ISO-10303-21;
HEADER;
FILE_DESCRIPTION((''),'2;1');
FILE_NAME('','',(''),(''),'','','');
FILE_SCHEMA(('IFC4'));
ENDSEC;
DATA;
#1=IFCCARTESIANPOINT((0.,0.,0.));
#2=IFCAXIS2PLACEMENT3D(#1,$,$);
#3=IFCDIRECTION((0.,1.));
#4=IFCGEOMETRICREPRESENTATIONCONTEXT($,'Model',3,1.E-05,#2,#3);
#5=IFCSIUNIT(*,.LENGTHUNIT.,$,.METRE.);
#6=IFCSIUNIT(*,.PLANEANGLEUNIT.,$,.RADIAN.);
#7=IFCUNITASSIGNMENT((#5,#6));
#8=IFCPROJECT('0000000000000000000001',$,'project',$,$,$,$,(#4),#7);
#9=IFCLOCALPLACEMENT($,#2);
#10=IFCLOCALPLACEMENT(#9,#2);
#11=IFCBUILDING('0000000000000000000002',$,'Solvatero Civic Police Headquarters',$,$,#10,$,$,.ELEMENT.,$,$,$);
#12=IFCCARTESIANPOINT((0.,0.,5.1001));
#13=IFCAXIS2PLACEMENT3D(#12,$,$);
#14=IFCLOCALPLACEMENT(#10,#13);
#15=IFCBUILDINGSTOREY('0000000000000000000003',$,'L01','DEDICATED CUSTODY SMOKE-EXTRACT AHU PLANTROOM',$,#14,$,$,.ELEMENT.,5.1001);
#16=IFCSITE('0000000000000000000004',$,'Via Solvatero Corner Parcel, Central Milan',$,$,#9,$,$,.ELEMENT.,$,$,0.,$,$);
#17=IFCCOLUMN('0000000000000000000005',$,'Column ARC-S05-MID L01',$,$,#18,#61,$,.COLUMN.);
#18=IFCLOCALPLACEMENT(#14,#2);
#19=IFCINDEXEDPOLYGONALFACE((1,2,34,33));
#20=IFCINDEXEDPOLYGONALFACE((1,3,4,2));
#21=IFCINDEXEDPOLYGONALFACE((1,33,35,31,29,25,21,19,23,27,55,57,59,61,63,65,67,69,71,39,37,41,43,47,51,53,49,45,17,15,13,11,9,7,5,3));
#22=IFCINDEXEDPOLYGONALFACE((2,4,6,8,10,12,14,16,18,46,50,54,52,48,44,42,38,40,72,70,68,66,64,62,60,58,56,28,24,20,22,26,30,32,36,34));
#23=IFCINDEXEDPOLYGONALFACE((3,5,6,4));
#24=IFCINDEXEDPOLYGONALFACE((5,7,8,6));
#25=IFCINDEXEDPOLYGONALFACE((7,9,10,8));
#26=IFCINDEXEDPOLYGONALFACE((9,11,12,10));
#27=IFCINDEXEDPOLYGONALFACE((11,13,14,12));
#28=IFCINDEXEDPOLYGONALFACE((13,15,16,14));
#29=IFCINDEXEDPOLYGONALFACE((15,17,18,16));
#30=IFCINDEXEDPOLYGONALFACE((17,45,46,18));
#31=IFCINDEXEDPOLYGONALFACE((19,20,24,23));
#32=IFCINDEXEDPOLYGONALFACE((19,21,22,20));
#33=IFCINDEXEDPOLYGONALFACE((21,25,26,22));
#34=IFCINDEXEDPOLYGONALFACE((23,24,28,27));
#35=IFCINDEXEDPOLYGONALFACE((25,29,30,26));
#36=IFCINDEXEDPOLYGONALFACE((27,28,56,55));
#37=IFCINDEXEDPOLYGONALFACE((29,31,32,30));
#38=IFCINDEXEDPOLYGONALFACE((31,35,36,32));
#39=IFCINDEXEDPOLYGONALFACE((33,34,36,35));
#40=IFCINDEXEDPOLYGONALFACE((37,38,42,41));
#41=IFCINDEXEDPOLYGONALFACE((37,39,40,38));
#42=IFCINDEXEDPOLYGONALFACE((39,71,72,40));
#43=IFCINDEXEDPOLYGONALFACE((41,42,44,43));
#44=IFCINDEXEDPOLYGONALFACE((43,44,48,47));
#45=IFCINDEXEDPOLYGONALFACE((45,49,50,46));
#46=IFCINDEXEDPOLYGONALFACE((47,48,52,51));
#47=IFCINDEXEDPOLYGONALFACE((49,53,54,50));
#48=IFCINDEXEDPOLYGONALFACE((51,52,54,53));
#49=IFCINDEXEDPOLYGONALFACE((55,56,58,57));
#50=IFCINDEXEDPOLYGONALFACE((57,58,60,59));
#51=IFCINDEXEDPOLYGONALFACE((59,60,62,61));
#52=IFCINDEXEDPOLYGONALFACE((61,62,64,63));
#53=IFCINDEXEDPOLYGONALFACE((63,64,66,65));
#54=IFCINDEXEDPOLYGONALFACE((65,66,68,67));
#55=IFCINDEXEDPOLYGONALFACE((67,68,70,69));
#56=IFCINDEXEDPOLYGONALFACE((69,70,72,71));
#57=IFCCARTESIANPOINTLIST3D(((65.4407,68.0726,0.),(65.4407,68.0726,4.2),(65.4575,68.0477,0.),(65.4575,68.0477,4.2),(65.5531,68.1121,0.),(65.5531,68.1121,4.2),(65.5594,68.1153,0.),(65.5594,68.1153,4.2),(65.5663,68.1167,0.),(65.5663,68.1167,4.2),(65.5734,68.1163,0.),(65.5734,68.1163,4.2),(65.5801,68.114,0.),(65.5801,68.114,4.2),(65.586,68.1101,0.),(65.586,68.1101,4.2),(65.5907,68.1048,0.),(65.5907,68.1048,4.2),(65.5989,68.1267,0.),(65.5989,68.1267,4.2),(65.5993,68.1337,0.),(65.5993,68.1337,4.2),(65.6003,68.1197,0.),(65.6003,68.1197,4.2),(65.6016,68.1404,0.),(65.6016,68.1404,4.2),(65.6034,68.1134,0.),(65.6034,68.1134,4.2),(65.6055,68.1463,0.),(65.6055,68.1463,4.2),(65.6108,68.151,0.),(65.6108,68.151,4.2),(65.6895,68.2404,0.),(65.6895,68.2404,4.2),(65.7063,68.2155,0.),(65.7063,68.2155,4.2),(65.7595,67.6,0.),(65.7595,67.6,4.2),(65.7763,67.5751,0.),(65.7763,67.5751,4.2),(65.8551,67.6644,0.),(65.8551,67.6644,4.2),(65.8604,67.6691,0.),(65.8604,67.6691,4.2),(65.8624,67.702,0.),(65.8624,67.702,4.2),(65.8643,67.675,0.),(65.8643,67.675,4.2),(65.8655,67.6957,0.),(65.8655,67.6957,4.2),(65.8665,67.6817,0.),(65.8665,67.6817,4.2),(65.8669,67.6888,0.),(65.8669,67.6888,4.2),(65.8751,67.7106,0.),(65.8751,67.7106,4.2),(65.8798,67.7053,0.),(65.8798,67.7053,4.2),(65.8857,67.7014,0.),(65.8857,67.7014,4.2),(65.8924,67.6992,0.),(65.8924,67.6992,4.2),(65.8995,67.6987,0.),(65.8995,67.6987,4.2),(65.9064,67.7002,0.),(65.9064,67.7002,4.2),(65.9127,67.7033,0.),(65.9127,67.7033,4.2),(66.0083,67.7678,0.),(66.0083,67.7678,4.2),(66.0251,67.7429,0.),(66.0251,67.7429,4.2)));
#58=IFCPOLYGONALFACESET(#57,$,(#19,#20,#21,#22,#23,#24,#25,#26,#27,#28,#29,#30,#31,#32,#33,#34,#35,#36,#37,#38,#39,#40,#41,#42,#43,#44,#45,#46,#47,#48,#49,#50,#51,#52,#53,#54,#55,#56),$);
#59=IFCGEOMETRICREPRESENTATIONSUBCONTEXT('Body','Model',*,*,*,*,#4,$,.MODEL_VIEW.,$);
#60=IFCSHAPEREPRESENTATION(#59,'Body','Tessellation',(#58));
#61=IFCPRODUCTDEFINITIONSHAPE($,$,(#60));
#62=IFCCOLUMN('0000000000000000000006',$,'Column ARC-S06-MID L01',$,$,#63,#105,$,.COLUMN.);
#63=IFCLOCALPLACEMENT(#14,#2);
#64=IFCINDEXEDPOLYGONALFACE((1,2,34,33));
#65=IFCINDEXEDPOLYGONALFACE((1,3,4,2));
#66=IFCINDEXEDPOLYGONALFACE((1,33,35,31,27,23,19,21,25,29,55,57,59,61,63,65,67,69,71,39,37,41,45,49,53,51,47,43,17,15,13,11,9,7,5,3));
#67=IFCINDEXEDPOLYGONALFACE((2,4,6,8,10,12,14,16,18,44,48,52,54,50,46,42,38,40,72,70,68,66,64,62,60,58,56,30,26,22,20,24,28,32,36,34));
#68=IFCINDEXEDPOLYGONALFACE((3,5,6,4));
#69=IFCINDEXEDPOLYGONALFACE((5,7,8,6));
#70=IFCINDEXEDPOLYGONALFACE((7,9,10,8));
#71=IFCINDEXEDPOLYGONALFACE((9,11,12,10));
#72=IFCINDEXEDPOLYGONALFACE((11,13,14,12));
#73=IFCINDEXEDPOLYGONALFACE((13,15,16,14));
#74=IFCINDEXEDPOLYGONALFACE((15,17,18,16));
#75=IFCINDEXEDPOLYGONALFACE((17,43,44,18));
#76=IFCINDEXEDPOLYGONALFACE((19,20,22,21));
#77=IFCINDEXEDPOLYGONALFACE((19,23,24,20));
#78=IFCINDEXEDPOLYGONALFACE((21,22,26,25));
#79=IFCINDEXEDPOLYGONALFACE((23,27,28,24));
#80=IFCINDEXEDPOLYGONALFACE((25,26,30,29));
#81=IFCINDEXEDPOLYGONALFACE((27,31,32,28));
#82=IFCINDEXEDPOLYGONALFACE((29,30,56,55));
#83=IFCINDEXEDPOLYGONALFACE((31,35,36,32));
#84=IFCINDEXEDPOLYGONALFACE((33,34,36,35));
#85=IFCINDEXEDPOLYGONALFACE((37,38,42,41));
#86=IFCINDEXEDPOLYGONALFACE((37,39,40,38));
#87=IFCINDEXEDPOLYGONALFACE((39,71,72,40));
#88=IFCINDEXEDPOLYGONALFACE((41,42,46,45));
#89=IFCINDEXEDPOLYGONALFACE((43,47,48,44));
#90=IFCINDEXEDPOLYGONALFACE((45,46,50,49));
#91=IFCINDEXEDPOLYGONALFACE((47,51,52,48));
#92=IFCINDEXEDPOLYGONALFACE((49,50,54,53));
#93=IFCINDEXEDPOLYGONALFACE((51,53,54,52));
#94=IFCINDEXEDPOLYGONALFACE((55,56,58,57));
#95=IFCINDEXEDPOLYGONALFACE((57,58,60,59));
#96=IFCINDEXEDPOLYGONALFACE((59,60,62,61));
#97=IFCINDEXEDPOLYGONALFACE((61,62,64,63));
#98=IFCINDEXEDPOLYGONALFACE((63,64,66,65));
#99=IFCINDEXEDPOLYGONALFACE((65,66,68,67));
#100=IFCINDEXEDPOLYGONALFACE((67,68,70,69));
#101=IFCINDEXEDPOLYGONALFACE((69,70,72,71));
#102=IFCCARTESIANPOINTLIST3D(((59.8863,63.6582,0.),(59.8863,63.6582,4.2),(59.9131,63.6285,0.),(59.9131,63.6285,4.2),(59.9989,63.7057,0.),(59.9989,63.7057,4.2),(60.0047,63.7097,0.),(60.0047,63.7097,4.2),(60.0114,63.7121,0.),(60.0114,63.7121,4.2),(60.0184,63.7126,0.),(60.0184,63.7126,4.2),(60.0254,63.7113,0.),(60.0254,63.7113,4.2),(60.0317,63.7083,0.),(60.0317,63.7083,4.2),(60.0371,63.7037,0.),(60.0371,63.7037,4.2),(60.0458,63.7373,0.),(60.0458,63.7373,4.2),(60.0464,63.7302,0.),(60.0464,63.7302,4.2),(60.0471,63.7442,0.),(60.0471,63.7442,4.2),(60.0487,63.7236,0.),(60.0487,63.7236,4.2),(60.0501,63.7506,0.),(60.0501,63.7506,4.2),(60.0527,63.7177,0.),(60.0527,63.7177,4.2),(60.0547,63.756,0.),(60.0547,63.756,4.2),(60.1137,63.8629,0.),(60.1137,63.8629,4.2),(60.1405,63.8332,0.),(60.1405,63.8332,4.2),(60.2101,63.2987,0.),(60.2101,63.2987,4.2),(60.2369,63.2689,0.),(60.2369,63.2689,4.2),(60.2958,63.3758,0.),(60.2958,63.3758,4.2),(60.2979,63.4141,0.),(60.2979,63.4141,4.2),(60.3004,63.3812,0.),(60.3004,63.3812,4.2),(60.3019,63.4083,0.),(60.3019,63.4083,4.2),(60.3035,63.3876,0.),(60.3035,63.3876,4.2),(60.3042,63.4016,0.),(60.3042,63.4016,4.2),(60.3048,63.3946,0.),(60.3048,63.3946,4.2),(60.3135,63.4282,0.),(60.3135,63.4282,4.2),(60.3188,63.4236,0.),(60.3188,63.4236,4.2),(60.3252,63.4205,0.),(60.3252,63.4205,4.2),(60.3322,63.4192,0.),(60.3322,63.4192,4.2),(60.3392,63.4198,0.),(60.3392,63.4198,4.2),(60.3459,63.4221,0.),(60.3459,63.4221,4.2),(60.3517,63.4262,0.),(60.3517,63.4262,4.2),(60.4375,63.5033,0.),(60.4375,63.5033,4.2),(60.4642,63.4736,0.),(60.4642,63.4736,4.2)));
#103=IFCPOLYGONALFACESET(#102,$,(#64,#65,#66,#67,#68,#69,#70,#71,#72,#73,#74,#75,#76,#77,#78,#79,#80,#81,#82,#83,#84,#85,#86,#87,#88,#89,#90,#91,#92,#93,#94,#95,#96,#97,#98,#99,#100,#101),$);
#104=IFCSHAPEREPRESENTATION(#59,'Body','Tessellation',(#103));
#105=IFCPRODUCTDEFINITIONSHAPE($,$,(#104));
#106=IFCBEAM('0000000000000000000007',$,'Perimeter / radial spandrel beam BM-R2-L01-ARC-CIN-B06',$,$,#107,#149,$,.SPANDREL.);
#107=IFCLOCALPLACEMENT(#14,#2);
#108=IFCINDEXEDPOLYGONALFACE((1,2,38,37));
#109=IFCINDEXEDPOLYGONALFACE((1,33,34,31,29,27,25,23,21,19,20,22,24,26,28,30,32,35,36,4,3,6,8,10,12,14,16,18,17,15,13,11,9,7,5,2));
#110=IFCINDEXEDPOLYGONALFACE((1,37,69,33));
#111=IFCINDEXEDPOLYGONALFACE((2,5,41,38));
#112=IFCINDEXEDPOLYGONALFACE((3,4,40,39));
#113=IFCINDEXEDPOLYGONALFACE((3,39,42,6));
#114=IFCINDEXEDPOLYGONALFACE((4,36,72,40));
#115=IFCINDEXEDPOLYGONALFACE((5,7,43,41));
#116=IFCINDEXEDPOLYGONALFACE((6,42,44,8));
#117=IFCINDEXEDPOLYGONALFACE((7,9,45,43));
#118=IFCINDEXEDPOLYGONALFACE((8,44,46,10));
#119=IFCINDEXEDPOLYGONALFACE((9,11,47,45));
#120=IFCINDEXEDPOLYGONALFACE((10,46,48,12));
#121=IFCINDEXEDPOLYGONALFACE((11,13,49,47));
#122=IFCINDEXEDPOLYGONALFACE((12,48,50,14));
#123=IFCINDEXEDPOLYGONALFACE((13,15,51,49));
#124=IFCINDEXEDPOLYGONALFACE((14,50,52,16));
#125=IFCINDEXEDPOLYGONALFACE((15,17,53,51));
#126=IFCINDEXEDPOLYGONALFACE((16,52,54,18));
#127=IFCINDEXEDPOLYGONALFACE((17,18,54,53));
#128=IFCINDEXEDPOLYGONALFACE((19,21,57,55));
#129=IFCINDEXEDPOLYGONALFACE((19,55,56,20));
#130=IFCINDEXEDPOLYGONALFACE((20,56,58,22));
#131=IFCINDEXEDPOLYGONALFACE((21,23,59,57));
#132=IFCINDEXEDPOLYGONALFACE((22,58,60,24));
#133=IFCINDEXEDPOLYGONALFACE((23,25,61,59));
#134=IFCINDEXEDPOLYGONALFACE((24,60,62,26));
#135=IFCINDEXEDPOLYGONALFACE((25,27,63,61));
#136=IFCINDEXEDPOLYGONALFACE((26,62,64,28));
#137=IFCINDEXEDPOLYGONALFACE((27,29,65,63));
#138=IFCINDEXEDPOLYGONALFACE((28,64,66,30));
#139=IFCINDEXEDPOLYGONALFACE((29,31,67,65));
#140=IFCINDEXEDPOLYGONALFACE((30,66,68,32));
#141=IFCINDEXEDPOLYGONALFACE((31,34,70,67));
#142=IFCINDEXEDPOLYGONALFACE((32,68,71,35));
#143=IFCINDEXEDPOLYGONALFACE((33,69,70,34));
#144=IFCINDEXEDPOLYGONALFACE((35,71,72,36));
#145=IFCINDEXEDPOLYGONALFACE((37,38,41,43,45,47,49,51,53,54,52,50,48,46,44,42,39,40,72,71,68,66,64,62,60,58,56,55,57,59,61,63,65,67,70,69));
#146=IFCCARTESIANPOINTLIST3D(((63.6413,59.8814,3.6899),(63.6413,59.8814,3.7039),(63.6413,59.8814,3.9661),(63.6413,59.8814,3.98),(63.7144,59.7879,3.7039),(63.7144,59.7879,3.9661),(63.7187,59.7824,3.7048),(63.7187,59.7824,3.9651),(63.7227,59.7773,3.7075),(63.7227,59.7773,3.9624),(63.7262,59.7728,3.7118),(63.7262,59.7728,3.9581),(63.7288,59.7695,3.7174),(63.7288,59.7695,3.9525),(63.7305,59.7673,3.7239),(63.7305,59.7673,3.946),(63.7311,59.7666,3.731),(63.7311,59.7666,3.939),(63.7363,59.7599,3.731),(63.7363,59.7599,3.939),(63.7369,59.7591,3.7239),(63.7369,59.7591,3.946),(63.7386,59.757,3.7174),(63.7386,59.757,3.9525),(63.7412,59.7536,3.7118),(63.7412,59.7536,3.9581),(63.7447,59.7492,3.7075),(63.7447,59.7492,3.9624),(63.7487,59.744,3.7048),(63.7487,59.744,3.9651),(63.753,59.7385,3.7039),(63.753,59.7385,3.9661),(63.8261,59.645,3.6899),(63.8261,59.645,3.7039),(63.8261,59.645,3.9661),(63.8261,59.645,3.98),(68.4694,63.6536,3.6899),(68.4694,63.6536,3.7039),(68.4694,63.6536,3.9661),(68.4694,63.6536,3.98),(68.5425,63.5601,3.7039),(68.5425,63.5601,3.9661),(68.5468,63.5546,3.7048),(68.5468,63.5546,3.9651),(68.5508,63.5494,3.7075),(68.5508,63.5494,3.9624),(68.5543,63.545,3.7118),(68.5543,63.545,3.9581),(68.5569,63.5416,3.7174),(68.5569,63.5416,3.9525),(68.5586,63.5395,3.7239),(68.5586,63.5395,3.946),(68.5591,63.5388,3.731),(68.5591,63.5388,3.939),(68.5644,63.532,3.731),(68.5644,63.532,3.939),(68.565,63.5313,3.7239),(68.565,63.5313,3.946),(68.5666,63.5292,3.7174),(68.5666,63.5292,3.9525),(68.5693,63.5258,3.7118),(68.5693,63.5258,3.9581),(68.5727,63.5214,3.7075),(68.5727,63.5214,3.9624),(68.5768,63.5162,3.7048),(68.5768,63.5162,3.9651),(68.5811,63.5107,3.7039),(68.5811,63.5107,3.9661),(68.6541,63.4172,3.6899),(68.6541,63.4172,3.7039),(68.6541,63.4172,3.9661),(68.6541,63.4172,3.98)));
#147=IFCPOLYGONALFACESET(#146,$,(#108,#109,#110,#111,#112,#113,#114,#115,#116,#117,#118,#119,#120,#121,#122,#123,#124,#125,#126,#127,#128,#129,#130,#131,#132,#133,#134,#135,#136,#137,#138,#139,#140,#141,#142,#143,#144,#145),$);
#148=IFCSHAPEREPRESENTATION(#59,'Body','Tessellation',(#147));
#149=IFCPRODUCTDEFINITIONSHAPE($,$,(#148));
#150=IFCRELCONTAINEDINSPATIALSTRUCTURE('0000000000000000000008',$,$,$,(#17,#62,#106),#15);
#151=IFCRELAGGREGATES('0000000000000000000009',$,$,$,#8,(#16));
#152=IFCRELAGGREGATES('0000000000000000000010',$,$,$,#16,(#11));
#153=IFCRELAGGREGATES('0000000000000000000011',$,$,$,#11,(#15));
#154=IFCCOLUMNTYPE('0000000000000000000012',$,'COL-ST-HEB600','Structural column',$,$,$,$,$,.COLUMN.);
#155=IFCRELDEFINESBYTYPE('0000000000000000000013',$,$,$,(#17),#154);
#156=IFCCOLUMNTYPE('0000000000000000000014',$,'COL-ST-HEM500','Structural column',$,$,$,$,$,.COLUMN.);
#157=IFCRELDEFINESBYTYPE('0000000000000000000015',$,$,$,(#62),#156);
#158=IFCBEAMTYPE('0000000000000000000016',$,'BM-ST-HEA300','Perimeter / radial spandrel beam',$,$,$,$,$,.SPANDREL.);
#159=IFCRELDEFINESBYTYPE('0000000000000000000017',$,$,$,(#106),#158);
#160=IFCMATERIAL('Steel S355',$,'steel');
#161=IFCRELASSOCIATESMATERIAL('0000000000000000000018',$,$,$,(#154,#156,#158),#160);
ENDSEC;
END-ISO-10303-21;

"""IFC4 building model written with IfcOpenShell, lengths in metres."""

from ifc_helpers import new_model, si_unit, direction, frame, origin, origin_2d, place, context, subcontext, project, spatial, i_section, extrude, material, material_profile, profile_set, type_object, element, save


model = new_model("IFC4")

# Units and contexts
model_context = context("Model", 3, precision=1e-05, world=origin(), true_north=direction((0.0, 1.0)))
body_context = subcontext(model_context, "Body", "Model", "MODEL_VIEW")
ifc_project = project(units=[si_unit("LENGTHUNIT", "METRE"), si_unit("PLANEANGLEUNIT", "RADIAN")], contexts=[model_context])

# Site, building, storey
site_placement = place(None, origin())
site = spatial("IfcSite", under=ifc_project, at=site_placement, Name="Via Solvatero Corner Parcel, Central Milan", CompositionType="ELEMENT", RefElevation=0.0)
building_placement = place(site_placement, origin())
building = spatial("IfcBuilding", under=site, at=building_placement, Name="Solvatero Civic Police Headquarters", CompositionType="ELEMENT")
storey_placement = place(building_placement, frame((0.0, 0.0, 5.1001)))
storey = spatial("IfcBuildingStorey", under=building, at=storey_placement, Name="L01", Description="DEDICATED CUSTODY SMOKE-EXTRACT AHU PLANTROOM", CompositionType="ELEMENT", Elevation=5.1001)

# Columns
ifc_material_1 = material(Name="Steel S355", Category="steel")
ifc_material_profile_1 = material_profile(ifc_material_1, i_section(OverallWidth=0.3, OverallDepth=0.6001, WebThickness=0.0154, FlangeThickness=0.03, FilletRadius=0.0271, at=origin_2d()), Name="HEB 600")
ifc_profile_set_1 = profile_set([ifc_material_profile_1], Name="Steel S355")
column_type_1 = type_object("IfcColumnType", Name="COL-ST-HEB600", Description="Structural column", PredefinedType="COLUMN", material=ifc_profile_set_1)
column_1_placement = place(storey_placement, frame((65.7329, 67.9077, 0.0), z_axis=(0.0, 0.0, 1.0), x_axis=(0.829038, 0.559193, 0.0)))
element("IfcColumn", 1, at=column_1_placement, inside=storey, type_object=column_type_1, Name="Column ARC-S05-MID L01", PredefinedType="COLUMN", context=body_context, shape_type="SweptSolid", body=[
    extrude(i_section(OverallWidth=0.3, OverallDepth=0.6001, WebThickness=0.0154, FlangeThickness=0.03, FilletRadius=0.0271, at=origin_2d()), origin(), (0.0, 0.0, 1.0), 4.2),
])
ifc_material_profile_2 = material_profile(ifc_material_1, i_section(OverallWidth=0.3059, OverallDepth=0.5239, WebThickness=0.021, FlangeThickness=0.04, FilletRadius=0.0271, at=origin_2d()), Name="HEM 500")
ifc_profile_set_2 = profile_set([ifc_material_profile_2], Name="Steel S355")
column_type_2 = type_object("IfcColumnType", Name="COL-ST-HEM500", Description="Structural column", PredefinedType="COLUMN", material=ifc_profile_set_2)
column_2_placement = place(storey_placement, frame((60.1753, 63.5659, 0.0), z_axis=(0.0, 0.0, 1.0), x_axis=(0.743145, 0.669131, 0.0)))
element("IfcColumn", 2, at=column_2_placement, inside=storey, type_object=column_type_2, Name="Column ARC-S06-MID L01", PredefinedType="COLUMN", context=body_context, shape_type="SweptSolid", body=[
    extrude(i_section(OverallWidth=0.3059, OverallDepth=0.5239, WebThickness=0.021, FlangeThickness=0.04, FilletRadius=0.0271, at=origin_2d()), origin(), (0.0, 0.0, 1.0), 4.2),
])

# Beam
ifc_material_profile_3 = material_profile(ifc_material_1, i_section(OverallWidth=0.3, OverallDepth=0.29, WebThickness=0.0085, FlangeThickness=0.0139, FilletRadius=0.0271, at=origin_2d()), Name="HEA 300")
ifc_profile_set_3 = profile_set([ifc_material_profile_3], Name="Steel S355")
beam_type_1 = type_object("IfcBeamType", Name="BM-ST-HEA300", Description="Perimeter / radial spandrel beam", PredefinedType="SPANDREL", material=ifc_profile_set_3)
beam_1_placement = place(storey_placement, frame((68.5618, 63.5354, 3.835), z_axis=(-0.788005, -0.615669, 0.0), x_axis=(0.615669, -0.788005, 0.0)))
element("IfcBeam", 3, at=beam_1_placement, inside=storey, type_object=beam_type_1, Name="Perimeter / radial spandrel beam BM-R2-L01-ARC-CIN-B06", PredefinedType="SPANDREL", context=body_context, shape_type="SweptSolid", body=[
    extrude(i_section(OverallWidth=0.3, OverallDepth=0.29, WebThickness=0.0085, FlangeThickness=0.0139, FilletRadius=0.0271, at=origin_2d()), origin(), (0.0, 0.0, 1.0), 6.127),
])

save(model, "model.ifc")
